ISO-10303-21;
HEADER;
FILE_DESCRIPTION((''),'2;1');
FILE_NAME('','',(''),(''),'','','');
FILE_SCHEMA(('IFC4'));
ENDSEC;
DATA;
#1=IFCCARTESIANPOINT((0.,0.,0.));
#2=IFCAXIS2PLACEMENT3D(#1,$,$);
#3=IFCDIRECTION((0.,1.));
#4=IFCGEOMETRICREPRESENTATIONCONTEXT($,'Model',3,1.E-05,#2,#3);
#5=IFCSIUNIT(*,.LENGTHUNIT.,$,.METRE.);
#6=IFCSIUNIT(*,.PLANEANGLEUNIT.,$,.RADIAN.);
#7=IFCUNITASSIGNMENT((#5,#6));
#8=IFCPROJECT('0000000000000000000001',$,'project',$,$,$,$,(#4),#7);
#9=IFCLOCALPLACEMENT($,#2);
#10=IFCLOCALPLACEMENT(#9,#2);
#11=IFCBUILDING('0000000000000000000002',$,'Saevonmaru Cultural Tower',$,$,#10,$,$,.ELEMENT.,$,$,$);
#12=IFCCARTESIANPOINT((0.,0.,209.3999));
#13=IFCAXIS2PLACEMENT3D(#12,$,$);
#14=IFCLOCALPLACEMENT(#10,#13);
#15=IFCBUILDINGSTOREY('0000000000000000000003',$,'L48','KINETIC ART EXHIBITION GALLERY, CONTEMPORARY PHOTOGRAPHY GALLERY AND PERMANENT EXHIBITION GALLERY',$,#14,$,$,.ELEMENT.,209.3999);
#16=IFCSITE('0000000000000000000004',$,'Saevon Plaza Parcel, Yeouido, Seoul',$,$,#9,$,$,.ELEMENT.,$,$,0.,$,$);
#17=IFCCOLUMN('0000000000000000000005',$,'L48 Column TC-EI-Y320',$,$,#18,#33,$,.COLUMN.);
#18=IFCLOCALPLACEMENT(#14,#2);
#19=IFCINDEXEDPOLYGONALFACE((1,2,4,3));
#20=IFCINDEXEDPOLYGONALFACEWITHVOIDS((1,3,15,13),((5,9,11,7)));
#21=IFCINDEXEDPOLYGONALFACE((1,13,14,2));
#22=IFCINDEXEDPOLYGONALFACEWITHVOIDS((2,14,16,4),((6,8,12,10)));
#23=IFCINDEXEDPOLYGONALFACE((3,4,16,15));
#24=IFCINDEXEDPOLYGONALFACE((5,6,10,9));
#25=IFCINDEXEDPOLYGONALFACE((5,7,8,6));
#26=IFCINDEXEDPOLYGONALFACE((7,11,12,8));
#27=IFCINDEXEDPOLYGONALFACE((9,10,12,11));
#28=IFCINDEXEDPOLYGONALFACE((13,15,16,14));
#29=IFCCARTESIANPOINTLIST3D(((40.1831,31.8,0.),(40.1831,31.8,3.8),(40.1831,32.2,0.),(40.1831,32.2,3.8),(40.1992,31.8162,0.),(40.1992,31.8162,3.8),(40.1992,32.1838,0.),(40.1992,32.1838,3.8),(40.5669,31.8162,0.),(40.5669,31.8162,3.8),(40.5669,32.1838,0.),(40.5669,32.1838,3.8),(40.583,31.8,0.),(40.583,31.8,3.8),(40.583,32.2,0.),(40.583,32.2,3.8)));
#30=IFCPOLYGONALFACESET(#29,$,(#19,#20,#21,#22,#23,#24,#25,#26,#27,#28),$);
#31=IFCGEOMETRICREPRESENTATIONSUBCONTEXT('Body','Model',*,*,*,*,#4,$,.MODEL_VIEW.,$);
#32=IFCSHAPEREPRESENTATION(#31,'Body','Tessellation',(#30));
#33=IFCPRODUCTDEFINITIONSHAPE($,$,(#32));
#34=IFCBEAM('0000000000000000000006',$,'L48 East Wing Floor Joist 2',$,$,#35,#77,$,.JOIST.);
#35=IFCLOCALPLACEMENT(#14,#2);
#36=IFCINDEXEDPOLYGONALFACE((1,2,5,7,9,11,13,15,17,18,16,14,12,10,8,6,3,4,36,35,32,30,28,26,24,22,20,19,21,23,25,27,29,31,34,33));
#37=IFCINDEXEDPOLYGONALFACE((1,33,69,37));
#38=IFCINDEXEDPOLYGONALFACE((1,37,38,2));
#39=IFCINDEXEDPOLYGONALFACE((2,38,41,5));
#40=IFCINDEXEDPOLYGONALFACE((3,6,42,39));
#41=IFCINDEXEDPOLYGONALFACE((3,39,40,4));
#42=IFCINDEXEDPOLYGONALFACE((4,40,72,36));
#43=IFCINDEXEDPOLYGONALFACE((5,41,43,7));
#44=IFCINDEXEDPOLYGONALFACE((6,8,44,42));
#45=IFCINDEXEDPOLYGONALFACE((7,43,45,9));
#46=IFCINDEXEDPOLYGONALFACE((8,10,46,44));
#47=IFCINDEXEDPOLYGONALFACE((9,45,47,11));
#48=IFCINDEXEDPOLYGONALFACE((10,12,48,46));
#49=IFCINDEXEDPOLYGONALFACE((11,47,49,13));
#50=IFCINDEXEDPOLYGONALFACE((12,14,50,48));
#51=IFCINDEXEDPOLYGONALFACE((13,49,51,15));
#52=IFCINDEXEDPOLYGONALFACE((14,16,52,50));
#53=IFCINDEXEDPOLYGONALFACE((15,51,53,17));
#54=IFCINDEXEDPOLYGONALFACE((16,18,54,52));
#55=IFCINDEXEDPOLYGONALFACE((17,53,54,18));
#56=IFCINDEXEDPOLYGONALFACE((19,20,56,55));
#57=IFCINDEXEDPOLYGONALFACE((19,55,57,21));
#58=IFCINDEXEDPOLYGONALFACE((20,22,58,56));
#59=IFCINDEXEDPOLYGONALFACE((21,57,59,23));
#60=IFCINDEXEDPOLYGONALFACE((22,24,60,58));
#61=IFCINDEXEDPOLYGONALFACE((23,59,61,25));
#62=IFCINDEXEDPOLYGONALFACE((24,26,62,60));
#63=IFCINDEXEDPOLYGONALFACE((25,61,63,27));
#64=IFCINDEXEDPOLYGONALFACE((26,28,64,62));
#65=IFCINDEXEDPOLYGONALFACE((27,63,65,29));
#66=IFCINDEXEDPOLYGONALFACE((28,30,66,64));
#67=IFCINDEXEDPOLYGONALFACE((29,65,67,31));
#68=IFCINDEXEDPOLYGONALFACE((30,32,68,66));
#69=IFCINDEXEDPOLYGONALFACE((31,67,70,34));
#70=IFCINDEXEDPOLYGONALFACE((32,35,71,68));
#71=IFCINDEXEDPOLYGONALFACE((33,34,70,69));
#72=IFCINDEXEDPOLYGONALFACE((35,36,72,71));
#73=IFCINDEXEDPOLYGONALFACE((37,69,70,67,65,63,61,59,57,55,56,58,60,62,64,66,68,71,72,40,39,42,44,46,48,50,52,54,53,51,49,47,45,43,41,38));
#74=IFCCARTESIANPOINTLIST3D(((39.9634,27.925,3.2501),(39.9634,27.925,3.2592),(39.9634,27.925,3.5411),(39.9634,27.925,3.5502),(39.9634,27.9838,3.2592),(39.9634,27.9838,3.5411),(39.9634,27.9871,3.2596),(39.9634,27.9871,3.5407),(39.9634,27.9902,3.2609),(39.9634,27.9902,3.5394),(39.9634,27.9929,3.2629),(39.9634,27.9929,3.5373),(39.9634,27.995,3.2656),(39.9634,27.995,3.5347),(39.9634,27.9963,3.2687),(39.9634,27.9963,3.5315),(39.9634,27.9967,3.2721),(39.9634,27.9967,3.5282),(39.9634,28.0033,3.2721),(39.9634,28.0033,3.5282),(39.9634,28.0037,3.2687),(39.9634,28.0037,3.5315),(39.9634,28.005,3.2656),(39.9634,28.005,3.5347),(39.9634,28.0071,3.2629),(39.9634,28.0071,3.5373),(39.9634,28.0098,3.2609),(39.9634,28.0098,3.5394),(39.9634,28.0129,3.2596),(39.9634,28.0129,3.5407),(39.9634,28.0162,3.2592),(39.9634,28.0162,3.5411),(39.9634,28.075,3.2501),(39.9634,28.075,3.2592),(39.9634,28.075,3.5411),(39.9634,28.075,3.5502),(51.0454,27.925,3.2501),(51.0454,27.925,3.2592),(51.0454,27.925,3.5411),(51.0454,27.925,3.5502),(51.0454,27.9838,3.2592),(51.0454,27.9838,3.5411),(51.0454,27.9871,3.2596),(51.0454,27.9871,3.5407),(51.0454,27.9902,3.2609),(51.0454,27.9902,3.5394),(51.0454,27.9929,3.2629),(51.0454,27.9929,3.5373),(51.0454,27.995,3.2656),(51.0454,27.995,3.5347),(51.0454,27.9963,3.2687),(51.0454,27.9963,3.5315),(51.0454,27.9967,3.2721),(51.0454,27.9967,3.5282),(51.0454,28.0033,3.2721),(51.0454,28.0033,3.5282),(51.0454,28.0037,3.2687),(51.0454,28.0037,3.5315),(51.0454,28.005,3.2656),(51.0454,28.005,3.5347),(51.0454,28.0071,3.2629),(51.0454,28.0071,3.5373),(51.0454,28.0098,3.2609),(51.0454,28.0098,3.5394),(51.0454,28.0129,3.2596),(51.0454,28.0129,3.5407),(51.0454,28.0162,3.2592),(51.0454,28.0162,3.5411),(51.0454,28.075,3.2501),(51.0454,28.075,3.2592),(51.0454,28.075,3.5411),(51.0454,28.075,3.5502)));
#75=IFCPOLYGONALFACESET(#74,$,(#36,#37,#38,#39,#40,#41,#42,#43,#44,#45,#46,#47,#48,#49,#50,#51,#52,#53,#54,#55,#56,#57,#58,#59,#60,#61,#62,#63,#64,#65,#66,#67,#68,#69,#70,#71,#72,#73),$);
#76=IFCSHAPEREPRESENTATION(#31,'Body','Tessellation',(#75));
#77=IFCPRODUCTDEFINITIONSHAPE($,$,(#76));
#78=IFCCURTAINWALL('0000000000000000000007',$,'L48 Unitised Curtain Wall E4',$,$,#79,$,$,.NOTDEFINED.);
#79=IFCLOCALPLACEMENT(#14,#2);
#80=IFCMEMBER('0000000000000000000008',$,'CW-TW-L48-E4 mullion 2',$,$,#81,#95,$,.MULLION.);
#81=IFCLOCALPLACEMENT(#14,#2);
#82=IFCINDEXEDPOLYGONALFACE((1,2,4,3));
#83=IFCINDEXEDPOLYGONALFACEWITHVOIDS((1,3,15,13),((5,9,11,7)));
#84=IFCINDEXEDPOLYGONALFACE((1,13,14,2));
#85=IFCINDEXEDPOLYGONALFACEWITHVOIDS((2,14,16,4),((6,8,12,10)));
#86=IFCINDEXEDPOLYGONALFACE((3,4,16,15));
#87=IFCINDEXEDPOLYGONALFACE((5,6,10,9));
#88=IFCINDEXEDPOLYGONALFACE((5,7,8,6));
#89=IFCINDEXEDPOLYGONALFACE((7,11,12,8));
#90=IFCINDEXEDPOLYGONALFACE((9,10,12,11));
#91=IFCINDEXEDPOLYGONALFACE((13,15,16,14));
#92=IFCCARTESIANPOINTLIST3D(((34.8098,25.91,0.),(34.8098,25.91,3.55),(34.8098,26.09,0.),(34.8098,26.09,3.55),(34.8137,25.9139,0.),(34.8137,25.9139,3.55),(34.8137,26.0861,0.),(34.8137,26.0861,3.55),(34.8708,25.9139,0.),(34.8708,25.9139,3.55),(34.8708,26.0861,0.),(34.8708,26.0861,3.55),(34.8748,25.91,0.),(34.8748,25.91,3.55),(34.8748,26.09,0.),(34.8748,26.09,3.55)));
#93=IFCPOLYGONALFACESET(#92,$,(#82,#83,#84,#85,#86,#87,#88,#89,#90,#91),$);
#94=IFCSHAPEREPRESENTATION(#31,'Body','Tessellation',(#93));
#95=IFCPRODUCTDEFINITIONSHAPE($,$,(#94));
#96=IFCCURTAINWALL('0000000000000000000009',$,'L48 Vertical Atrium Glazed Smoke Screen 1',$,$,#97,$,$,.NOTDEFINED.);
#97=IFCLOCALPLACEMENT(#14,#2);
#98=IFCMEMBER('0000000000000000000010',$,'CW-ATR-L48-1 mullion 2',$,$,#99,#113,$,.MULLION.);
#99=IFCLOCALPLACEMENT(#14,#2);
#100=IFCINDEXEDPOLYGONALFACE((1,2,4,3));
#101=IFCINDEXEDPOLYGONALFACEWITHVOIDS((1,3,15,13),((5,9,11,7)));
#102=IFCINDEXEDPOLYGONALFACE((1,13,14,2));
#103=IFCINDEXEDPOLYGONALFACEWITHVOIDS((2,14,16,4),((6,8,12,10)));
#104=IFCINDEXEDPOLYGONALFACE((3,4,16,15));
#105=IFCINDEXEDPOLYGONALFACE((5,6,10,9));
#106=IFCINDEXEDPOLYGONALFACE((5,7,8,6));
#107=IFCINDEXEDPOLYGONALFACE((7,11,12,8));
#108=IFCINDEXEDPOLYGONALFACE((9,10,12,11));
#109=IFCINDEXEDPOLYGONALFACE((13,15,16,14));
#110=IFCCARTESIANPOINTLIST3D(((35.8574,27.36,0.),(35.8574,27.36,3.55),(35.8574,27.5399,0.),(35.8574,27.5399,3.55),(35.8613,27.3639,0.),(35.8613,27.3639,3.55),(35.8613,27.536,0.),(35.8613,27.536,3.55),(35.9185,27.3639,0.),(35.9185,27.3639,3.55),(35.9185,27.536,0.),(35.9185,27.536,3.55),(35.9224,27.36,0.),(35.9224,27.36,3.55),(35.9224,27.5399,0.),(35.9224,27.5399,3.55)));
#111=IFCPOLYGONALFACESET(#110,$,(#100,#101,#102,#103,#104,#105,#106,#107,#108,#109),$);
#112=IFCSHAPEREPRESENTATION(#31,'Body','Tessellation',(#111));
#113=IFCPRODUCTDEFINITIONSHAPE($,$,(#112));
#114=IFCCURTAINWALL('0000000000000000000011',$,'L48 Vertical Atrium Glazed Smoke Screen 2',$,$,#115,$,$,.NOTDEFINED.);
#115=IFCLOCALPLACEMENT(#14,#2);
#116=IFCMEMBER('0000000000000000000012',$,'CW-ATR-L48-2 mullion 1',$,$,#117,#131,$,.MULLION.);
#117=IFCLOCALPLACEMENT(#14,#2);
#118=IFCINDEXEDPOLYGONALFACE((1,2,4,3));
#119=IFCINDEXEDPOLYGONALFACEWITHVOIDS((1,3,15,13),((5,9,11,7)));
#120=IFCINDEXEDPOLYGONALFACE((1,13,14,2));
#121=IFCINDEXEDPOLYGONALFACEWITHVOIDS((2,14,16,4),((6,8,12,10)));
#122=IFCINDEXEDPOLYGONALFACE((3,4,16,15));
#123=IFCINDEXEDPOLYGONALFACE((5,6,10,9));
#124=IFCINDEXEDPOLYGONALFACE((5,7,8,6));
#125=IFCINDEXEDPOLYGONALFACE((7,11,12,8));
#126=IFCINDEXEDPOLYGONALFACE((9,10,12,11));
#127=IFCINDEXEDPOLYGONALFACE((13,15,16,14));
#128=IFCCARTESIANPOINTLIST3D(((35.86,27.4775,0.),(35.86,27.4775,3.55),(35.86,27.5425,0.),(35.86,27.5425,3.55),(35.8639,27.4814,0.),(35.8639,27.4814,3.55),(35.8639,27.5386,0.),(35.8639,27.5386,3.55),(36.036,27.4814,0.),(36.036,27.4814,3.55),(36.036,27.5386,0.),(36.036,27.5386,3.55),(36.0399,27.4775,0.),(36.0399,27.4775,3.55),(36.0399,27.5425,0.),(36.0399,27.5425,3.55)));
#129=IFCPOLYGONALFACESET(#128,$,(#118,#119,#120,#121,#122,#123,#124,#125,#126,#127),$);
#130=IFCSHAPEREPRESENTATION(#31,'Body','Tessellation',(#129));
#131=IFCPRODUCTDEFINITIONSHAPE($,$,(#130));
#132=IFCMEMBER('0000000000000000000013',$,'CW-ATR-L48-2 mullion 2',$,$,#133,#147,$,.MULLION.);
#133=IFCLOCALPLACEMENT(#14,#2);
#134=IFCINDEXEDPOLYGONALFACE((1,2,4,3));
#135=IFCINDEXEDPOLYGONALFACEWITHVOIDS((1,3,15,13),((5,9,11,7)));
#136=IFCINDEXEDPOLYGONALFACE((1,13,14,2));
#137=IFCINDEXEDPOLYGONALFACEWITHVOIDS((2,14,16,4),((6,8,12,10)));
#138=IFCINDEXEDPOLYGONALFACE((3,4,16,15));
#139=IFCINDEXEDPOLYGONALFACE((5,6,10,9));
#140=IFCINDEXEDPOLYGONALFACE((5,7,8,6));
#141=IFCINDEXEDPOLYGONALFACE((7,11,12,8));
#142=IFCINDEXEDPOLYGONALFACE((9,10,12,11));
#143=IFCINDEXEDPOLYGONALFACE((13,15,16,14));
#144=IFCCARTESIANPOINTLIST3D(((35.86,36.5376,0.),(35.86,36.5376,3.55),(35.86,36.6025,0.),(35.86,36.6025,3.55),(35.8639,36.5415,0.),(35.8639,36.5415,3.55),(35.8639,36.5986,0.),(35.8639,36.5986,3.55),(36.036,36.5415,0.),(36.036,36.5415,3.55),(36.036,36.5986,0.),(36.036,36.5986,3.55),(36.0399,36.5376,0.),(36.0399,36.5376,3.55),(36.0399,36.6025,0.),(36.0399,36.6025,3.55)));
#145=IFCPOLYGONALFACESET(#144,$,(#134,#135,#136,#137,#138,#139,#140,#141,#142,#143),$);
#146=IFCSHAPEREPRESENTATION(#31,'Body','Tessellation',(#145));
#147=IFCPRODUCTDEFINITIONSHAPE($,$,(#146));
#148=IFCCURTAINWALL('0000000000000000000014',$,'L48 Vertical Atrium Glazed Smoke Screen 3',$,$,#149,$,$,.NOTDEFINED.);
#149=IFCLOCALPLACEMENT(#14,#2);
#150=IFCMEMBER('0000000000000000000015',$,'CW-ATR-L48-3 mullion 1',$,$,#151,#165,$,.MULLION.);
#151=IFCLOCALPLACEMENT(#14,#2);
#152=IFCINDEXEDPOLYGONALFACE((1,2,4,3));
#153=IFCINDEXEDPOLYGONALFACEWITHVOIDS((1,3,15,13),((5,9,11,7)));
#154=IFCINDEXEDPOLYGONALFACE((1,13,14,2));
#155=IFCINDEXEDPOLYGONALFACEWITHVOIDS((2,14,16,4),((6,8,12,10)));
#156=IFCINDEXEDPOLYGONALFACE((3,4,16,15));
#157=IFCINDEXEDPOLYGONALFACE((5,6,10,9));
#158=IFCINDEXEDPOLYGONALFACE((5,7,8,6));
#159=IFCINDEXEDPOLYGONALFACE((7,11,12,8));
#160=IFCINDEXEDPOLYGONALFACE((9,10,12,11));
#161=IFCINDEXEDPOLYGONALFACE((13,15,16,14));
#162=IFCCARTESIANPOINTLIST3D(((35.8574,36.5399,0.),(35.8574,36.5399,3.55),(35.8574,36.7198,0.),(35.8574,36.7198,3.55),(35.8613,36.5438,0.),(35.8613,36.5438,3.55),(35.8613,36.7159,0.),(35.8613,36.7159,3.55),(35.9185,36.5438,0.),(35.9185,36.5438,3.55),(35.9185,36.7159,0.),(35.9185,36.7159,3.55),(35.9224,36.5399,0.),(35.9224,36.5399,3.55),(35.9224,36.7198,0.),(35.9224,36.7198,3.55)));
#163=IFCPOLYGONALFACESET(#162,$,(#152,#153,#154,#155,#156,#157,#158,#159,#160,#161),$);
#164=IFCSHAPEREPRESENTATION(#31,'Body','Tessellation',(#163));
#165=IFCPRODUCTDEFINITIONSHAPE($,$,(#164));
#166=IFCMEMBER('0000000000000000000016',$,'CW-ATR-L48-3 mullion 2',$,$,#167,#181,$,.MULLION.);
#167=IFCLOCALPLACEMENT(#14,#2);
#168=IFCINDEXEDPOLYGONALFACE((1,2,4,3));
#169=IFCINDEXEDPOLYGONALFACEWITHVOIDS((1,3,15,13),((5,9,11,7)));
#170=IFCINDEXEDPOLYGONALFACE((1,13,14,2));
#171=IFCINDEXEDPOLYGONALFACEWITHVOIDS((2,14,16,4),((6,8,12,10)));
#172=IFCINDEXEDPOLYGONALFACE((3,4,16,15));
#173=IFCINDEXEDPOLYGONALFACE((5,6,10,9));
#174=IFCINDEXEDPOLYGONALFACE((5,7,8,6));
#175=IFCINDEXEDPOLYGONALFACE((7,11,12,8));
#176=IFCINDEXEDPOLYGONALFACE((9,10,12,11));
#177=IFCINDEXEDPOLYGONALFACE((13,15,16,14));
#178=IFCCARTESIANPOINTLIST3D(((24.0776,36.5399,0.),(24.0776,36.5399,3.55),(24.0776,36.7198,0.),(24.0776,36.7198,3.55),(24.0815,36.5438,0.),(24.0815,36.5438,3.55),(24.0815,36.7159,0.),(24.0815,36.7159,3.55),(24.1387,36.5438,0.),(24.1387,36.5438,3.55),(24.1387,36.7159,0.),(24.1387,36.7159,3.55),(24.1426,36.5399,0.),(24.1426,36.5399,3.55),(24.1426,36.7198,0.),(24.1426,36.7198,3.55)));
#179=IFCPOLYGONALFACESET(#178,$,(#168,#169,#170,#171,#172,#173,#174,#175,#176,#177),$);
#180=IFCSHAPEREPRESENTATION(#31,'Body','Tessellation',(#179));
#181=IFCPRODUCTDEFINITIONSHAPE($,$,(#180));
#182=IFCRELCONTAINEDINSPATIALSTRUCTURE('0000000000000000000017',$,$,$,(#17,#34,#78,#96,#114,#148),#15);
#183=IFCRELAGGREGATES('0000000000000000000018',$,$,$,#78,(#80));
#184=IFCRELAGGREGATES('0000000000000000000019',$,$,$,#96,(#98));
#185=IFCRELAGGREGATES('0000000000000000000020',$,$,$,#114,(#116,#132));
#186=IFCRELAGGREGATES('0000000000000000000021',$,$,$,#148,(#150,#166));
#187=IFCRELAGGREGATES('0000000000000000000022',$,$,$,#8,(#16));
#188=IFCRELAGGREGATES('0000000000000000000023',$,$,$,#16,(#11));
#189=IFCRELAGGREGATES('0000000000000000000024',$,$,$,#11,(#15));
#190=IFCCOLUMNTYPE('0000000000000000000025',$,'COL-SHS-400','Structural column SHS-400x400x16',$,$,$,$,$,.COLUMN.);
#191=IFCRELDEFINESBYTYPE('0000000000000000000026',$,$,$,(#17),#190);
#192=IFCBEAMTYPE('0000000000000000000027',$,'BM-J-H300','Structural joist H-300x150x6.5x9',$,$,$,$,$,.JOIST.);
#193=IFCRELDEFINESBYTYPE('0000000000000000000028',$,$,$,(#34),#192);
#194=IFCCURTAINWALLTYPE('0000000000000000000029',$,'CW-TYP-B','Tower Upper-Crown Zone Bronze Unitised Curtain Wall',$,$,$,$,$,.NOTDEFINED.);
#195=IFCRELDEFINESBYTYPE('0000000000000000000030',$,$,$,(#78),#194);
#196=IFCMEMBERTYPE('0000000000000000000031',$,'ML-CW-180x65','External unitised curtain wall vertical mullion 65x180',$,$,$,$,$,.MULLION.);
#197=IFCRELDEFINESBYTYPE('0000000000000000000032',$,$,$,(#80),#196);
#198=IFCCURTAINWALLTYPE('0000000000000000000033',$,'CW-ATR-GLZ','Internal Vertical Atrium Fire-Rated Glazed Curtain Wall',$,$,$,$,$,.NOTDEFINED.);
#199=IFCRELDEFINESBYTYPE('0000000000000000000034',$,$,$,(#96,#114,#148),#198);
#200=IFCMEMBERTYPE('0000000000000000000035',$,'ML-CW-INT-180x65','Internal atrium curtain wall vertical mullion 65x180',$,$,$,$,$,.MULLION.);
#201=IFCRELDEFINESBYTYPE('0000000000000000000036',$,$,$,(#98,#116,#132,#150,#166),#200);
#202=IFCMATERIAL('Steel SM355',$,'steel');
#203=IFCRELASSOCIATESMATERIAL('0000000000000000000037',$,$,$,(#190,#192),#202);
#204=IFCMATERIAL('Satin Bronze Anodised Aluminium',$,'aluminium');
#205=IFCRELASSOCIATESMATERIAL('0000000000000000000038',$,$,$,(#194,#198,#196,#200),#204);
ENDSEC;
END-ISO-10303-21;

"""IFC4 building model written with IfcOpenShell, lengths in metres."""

from ifc_helpers import new_model, si_unit, direction, frame, origin, origin_2d, place, context, subcontext, project, spatial, hollow_rectangle, i_section, extrude, material, material_profile, profile_set, type_object, element, aggregate, save


model = new_model("IFC4")

# Units and contexts
model_context = context("Model", 3, precision=1e-05, world=origin(), true_north=direction((0.0, 1.0)))
body_context = subcontext(model_context, "Body", "Model", "MODEL_VIEW")
ifc_project = project(units=[si_unit("LENGTHUNIT", "METRE"), si_unit("PLANEANGLEUNIT", "RADIAN")], contexts=[model_context])

# Site, building, storey
site_placement = place(None, origin())
site = spatial("IfcSite", under=ifc_project, at=site_placement, Name="Saevon Plaza Parcel, Yeouido, Seoul", CompositionType="ELEMENT", RefElevation=0.0)
building_placement = place(site_placement, origin())
building = spatial("IfcBuilding", under=site, at=building_placement, Name="Saevonmaru Cultural Tower", CompositionType="ELEMENT")
storey_placement = place(building_placement, frame((0.0, 0.0, 209.3999)))
storey = spatial("IfcBuildingStorey", under=building, at=storey_placement, Name="L48", Description="KINETIC ART EXHIBITION GALLERY, CONTEMPORARY PHOTOGRAPHY GALLERY AND PERMANENT EXHIBITION GALLERY", CompositionType="ELEMENT", Elevation=209.3999)

# Column
ifc_material_1 = material(Name="Steel SM355", Category="steel")
ifc_material_profile_1 = material_profile(ifc_material_1, hollow_rectangle(XDim=0.3999, YDim=0.3999, WallThickness=0.0161, at=origin_2d()), Name="SHS-400x400x16")
ifc_profile_set_1 = profile_set([ifc_material_profile_1], Name="Steel SM355")
column_type = type_object("IfcColumnType", Name="COL-SHS-400", Description="Structural column SHS-400x400x16", PredefinedType="COLUMN", material=ifc_profile_set_1)
column_placement = place(storey_placement, frame((40.3831, 32.0, 0.0), z_axis=(0.0, 0.0, 1.0), x_axis=(1.0, 0.0, 0.0)))
element("IfcColumn", 1, at=column_placement, inside=storey, type_object=column_type, Name="L48 Column TC-EI-Y320", PredefinedType="COLUMN", context=body_context, shape_type="SweptSolid", body=[
    extrude(hollow_rectangle(XDim=0.3999, YDim=0.3999, WallThickness=0.0161, at=origin_2d()), origin(), (0.0, 0.0, 1.0), 3.8),
])

# Beam
ifc_material_profile_2 = material_profile(ifc_material_1, i_section(OverallWidth=0.1499, OverallDepth=0.3, WebThickness=0.0066, FlangeThickness=0.009, FilletRadius=0.0129, at=origin_2d()), Name="H-300x150x6.5x9")
ifc_profile_set_2 = profile_set([ifc_material_profile_2], Name="Steel SM355")
beam_type = type_object("IfcBeamType", Name="BM-J-H300", Description="Structural joist H-300x150x6.5x9", PredefinedType="JOIST", material=ifc_profile_set_2)
beam_placement = place(storey_placement, frame((39.9634, 28.0, 3.4001), z_axis=(1.0, 0.0, 0.0), x_axis=(0.0, 1.0, 0.0)))
element("IfcBeam", 2, at=beam_placement, inside=storey, type_object=beam_type, Name="L48 East Wing Floor Joist 2", PredefinedType="JOIST", context=body_context, shape_type="SweptSolid", body=[
    extrude(i_section(OverallWidth=0.1499, OverallDepth=0.3, WebThickness=0.0066, FlangeThickness=0.009, FilletRadius=0.0129, at=origin_2d()), origin(), (0.0, 0.0, 1.0), 11.082),
])

# Curtain walls, members
ifc_material_2 = material(Name="Satin Bronze Anodised Aluminium", Category="aluminium")
curtain_wall_type_1 = type_object("IfcCurtainWallType", Name="CW-TYP-B", Description="Tower Upper-Crown Zone Bronze Unitised Curtain Wall", PredefinedType="NOTDEFINED", material=ifc_material_2)
curtain_wall_1_placement = place(storey_placement, origin())
curtain_wall_1 = element("IfcCurtainWall", 3, at=curtain_wall_1_placement, inside=storey, type_object=curtain_wall_type_1, Name="L48 Unitised Curtain Wall E4", PredefinedType="NOTDEFINED")
ifc_material_profile_3 = material_profile(ifc_material_2, hollow_rectangle(XDim=0.0649, YDim=0.1799, WallThickness=0.0039, at=origin_2d()), Name="ALU-MULL-180x65x4")
ifc_profile_set_3 = profile_set([ifc_material_profile_3], Name="Satin Bronze Anodised Aluminium")
member_type_1 = type_object("IfcMemberType", Name="ML-CW-180x65", Description="External unitised curtain wall vertical mullion 65x180", PredefinedType="MULLION", material=ifc_profile_set_3)
member_1_placement = place(storey_placement, frame((34.8423, 26.0, 0.0), z_axis=(0.0, 0.0, 1.0), x_axis=(1.0, 0.0, 0.0)))
member_1 = element("IfcMember", 4, at=member_1_placement, type_object=member_type_1, Name="CW-TW-L48-E4 mullion 2", PredefinedType="MULLION", context=body_context, shape_type="SweptSolid", body=[
    extrude(hollow_rectangle(XDim=0.0649, YDim=0.1799, WallThickness=0.0039, at=origin_2d()), origin(), (0.0, 0.0, 1.0), 3.55),
])
aggregate(curtain_wall_1, [member_1])
curtain_wall_type_2 = type_object("IfcCurtainWallType", Name="CW-ATR-GLZ", Description="Internal Vertical Atrium Fire-Rated Glazed Curtain Wall", PredefinedType="NOTDEFINED", material=ifc_material_2)
curtain_wall_2_placement = place(storey_placement, origin())
curtain_wall_2 = element("IfcCurtainWall", 5, at=curtain_wall_2_placement, inside=storey, type_object=curtain_wall_type_2, Name="L48 Vertical Atrium Glazed Smoke Screen 1", PredefinedType="NOTDEFINED")
ifc_material_profile_4 = material_profile(ifc_material_2, hollow_rectangle(XDim=0.0649, YDim=0.1799, WallThickness=0.0039, at=origin_2d()), Name="ALU-MULL-180x65x4")
ifc_profile_set_4 = profile_set([ifc_material_profile_4], Name="Satin Bronze Anodised Aluminium")
member_type_2 = type_object("IfcMemberType", Name="ML-CW-INT-180x65", Description="Internal atrium curtain wall vertical mullion 65x180", PredefinedType="MULLION", material=ifc_profile_set_4)
member_2_placement = place(storey_placement, frame((35.8899, 27.45, 0.0), z_axis=(0.0, 0.0, 1.0), x_axis=(1.0, 0.0, 0.0)))
member_2 = element("IfcMember", 6, at=member_2_placement, type_object=member_type_2, Name="CW-ATR-L48-1 mullion 2", PredefinedType="MULLION", context=body_context, shape_type="SweptSolid", body=[
    extrude(hollow_rectangle(XDim=0.0649, YDim=0.1799, WallThickness=0.0039, at=origin_2d()), origin(), (0.0, 0.0, 1.0), 3.55),
])

# Curtain walls, members
curtain_wall_3_placement = place(storey_placement, origin())
curtain_wall_3 = element("IfcCurtainWall", 7, at=curtain_wall_3_placement, inside=storey, type_object=curtain_wall_type_2, Name="L48 Vertical Atrium Glazed Smoke Screen 2", PredefinedType="NOTDEFINED")
member_3_placement = place(storey_placement, frame((35.95, 27.51, 0.0), z_axis=(0.0, 0.0, 1.0), x_axis=(0.0, 1.0, 0.0)))
member_3 = element("IfcMember", 8, at=member_3_placement, type_object=member_type_2, Name="CW-ATR-L48-2 mullion 1", PredefinedType="MULLION", context=body_context, shape_type="SweptSolid", body=[
    extrude(hollow_rectangle(XDim=0.0649, YDim=0.1799, WallThickness=0.0039, at=origin_2d()), origin(), (0.0, 0.0, 1.0), 3.55),
])
member_4_placement = place(storey_placement, frame((35.95, 36.5701, 0.0), z_axis=(0.0, 0.0, 1.0), x_axis=(0.0, 1.0, 0.0)))
member_4 = element("IfcMember", 9, at=member_4_placement, type_object=member_type_2, Name="CW-ATR-L48-2 mullion 2", PredefinedType="MULLION", context=body_context, shape_type="SweptSolid", body=[
    extrude(hollow_rectangle(XDim=0.0649, YDim=0.1799, WallThickness=0.0039, at=origin_2d()), origin(), (0.0, 0.0, 1.0), 3.55),
])
curtain_wall_4_placement = place(storey_placement, origin())
curtain_wall_4 = element("IfcCurtainWall", 10, at=curtain_wall_4_placement, inside=storey, type_object=curtain_wall_type_2, Name="L48 Vertical Atrium Glazed Smoke Screen 3", PredefinedType="NOTDEFINED")
member_5_placement = place(storey_placement, frame((35.8899, 36.6299, 0.0), z_axis=(0.0, 0.0, 1.0), x_axis=(-1.0, 0.0, 0.0)))
member_5 = element("IfcMember", 11, at=member_5_placement, type_object=member_type_2, Name="CW-ATR-L48-3 mullion 1", PredefinedType="MULLION", context=body_context, shape_type="SweptSolid", body=[
    extrude(hollow_rectangle(XDim=0.0649, YDim=0.1799, WallThickness=0.0039, at=origin_2d()), origin(), (0.0, 0.0, 1.0), 3.55),
])
member_6_placement = place(storey_placement, frame((24.1101, 36.6299, 0.0), z_axis=(0.0, 0.0, 1.0), x_axis=(-1.0, 0.0, 0.0)))
member_6 = element("IfcMember", 12, at=member_6_placement, type_object=member_type_2, Name="CW-ATR-L48-3 mullion 2", PredefinedType="MULLION", context=body_context, shape_type="SweptSolid", body=[
    extrude(hollow_rectangle(XDim=0.0649, YDim=0.1799, WallThickness=0.0039, at=origin_2d()), origin(), (0.0, 0.0, 1.0), 3.55),
])

aggregate(curtain_wall_2, [member_2])
aggregate(curtain_wall_3, [member_3, member_4])
aggregate(curtain_wall_4, [member_5, member_6])

save(model, "model.ifc")
